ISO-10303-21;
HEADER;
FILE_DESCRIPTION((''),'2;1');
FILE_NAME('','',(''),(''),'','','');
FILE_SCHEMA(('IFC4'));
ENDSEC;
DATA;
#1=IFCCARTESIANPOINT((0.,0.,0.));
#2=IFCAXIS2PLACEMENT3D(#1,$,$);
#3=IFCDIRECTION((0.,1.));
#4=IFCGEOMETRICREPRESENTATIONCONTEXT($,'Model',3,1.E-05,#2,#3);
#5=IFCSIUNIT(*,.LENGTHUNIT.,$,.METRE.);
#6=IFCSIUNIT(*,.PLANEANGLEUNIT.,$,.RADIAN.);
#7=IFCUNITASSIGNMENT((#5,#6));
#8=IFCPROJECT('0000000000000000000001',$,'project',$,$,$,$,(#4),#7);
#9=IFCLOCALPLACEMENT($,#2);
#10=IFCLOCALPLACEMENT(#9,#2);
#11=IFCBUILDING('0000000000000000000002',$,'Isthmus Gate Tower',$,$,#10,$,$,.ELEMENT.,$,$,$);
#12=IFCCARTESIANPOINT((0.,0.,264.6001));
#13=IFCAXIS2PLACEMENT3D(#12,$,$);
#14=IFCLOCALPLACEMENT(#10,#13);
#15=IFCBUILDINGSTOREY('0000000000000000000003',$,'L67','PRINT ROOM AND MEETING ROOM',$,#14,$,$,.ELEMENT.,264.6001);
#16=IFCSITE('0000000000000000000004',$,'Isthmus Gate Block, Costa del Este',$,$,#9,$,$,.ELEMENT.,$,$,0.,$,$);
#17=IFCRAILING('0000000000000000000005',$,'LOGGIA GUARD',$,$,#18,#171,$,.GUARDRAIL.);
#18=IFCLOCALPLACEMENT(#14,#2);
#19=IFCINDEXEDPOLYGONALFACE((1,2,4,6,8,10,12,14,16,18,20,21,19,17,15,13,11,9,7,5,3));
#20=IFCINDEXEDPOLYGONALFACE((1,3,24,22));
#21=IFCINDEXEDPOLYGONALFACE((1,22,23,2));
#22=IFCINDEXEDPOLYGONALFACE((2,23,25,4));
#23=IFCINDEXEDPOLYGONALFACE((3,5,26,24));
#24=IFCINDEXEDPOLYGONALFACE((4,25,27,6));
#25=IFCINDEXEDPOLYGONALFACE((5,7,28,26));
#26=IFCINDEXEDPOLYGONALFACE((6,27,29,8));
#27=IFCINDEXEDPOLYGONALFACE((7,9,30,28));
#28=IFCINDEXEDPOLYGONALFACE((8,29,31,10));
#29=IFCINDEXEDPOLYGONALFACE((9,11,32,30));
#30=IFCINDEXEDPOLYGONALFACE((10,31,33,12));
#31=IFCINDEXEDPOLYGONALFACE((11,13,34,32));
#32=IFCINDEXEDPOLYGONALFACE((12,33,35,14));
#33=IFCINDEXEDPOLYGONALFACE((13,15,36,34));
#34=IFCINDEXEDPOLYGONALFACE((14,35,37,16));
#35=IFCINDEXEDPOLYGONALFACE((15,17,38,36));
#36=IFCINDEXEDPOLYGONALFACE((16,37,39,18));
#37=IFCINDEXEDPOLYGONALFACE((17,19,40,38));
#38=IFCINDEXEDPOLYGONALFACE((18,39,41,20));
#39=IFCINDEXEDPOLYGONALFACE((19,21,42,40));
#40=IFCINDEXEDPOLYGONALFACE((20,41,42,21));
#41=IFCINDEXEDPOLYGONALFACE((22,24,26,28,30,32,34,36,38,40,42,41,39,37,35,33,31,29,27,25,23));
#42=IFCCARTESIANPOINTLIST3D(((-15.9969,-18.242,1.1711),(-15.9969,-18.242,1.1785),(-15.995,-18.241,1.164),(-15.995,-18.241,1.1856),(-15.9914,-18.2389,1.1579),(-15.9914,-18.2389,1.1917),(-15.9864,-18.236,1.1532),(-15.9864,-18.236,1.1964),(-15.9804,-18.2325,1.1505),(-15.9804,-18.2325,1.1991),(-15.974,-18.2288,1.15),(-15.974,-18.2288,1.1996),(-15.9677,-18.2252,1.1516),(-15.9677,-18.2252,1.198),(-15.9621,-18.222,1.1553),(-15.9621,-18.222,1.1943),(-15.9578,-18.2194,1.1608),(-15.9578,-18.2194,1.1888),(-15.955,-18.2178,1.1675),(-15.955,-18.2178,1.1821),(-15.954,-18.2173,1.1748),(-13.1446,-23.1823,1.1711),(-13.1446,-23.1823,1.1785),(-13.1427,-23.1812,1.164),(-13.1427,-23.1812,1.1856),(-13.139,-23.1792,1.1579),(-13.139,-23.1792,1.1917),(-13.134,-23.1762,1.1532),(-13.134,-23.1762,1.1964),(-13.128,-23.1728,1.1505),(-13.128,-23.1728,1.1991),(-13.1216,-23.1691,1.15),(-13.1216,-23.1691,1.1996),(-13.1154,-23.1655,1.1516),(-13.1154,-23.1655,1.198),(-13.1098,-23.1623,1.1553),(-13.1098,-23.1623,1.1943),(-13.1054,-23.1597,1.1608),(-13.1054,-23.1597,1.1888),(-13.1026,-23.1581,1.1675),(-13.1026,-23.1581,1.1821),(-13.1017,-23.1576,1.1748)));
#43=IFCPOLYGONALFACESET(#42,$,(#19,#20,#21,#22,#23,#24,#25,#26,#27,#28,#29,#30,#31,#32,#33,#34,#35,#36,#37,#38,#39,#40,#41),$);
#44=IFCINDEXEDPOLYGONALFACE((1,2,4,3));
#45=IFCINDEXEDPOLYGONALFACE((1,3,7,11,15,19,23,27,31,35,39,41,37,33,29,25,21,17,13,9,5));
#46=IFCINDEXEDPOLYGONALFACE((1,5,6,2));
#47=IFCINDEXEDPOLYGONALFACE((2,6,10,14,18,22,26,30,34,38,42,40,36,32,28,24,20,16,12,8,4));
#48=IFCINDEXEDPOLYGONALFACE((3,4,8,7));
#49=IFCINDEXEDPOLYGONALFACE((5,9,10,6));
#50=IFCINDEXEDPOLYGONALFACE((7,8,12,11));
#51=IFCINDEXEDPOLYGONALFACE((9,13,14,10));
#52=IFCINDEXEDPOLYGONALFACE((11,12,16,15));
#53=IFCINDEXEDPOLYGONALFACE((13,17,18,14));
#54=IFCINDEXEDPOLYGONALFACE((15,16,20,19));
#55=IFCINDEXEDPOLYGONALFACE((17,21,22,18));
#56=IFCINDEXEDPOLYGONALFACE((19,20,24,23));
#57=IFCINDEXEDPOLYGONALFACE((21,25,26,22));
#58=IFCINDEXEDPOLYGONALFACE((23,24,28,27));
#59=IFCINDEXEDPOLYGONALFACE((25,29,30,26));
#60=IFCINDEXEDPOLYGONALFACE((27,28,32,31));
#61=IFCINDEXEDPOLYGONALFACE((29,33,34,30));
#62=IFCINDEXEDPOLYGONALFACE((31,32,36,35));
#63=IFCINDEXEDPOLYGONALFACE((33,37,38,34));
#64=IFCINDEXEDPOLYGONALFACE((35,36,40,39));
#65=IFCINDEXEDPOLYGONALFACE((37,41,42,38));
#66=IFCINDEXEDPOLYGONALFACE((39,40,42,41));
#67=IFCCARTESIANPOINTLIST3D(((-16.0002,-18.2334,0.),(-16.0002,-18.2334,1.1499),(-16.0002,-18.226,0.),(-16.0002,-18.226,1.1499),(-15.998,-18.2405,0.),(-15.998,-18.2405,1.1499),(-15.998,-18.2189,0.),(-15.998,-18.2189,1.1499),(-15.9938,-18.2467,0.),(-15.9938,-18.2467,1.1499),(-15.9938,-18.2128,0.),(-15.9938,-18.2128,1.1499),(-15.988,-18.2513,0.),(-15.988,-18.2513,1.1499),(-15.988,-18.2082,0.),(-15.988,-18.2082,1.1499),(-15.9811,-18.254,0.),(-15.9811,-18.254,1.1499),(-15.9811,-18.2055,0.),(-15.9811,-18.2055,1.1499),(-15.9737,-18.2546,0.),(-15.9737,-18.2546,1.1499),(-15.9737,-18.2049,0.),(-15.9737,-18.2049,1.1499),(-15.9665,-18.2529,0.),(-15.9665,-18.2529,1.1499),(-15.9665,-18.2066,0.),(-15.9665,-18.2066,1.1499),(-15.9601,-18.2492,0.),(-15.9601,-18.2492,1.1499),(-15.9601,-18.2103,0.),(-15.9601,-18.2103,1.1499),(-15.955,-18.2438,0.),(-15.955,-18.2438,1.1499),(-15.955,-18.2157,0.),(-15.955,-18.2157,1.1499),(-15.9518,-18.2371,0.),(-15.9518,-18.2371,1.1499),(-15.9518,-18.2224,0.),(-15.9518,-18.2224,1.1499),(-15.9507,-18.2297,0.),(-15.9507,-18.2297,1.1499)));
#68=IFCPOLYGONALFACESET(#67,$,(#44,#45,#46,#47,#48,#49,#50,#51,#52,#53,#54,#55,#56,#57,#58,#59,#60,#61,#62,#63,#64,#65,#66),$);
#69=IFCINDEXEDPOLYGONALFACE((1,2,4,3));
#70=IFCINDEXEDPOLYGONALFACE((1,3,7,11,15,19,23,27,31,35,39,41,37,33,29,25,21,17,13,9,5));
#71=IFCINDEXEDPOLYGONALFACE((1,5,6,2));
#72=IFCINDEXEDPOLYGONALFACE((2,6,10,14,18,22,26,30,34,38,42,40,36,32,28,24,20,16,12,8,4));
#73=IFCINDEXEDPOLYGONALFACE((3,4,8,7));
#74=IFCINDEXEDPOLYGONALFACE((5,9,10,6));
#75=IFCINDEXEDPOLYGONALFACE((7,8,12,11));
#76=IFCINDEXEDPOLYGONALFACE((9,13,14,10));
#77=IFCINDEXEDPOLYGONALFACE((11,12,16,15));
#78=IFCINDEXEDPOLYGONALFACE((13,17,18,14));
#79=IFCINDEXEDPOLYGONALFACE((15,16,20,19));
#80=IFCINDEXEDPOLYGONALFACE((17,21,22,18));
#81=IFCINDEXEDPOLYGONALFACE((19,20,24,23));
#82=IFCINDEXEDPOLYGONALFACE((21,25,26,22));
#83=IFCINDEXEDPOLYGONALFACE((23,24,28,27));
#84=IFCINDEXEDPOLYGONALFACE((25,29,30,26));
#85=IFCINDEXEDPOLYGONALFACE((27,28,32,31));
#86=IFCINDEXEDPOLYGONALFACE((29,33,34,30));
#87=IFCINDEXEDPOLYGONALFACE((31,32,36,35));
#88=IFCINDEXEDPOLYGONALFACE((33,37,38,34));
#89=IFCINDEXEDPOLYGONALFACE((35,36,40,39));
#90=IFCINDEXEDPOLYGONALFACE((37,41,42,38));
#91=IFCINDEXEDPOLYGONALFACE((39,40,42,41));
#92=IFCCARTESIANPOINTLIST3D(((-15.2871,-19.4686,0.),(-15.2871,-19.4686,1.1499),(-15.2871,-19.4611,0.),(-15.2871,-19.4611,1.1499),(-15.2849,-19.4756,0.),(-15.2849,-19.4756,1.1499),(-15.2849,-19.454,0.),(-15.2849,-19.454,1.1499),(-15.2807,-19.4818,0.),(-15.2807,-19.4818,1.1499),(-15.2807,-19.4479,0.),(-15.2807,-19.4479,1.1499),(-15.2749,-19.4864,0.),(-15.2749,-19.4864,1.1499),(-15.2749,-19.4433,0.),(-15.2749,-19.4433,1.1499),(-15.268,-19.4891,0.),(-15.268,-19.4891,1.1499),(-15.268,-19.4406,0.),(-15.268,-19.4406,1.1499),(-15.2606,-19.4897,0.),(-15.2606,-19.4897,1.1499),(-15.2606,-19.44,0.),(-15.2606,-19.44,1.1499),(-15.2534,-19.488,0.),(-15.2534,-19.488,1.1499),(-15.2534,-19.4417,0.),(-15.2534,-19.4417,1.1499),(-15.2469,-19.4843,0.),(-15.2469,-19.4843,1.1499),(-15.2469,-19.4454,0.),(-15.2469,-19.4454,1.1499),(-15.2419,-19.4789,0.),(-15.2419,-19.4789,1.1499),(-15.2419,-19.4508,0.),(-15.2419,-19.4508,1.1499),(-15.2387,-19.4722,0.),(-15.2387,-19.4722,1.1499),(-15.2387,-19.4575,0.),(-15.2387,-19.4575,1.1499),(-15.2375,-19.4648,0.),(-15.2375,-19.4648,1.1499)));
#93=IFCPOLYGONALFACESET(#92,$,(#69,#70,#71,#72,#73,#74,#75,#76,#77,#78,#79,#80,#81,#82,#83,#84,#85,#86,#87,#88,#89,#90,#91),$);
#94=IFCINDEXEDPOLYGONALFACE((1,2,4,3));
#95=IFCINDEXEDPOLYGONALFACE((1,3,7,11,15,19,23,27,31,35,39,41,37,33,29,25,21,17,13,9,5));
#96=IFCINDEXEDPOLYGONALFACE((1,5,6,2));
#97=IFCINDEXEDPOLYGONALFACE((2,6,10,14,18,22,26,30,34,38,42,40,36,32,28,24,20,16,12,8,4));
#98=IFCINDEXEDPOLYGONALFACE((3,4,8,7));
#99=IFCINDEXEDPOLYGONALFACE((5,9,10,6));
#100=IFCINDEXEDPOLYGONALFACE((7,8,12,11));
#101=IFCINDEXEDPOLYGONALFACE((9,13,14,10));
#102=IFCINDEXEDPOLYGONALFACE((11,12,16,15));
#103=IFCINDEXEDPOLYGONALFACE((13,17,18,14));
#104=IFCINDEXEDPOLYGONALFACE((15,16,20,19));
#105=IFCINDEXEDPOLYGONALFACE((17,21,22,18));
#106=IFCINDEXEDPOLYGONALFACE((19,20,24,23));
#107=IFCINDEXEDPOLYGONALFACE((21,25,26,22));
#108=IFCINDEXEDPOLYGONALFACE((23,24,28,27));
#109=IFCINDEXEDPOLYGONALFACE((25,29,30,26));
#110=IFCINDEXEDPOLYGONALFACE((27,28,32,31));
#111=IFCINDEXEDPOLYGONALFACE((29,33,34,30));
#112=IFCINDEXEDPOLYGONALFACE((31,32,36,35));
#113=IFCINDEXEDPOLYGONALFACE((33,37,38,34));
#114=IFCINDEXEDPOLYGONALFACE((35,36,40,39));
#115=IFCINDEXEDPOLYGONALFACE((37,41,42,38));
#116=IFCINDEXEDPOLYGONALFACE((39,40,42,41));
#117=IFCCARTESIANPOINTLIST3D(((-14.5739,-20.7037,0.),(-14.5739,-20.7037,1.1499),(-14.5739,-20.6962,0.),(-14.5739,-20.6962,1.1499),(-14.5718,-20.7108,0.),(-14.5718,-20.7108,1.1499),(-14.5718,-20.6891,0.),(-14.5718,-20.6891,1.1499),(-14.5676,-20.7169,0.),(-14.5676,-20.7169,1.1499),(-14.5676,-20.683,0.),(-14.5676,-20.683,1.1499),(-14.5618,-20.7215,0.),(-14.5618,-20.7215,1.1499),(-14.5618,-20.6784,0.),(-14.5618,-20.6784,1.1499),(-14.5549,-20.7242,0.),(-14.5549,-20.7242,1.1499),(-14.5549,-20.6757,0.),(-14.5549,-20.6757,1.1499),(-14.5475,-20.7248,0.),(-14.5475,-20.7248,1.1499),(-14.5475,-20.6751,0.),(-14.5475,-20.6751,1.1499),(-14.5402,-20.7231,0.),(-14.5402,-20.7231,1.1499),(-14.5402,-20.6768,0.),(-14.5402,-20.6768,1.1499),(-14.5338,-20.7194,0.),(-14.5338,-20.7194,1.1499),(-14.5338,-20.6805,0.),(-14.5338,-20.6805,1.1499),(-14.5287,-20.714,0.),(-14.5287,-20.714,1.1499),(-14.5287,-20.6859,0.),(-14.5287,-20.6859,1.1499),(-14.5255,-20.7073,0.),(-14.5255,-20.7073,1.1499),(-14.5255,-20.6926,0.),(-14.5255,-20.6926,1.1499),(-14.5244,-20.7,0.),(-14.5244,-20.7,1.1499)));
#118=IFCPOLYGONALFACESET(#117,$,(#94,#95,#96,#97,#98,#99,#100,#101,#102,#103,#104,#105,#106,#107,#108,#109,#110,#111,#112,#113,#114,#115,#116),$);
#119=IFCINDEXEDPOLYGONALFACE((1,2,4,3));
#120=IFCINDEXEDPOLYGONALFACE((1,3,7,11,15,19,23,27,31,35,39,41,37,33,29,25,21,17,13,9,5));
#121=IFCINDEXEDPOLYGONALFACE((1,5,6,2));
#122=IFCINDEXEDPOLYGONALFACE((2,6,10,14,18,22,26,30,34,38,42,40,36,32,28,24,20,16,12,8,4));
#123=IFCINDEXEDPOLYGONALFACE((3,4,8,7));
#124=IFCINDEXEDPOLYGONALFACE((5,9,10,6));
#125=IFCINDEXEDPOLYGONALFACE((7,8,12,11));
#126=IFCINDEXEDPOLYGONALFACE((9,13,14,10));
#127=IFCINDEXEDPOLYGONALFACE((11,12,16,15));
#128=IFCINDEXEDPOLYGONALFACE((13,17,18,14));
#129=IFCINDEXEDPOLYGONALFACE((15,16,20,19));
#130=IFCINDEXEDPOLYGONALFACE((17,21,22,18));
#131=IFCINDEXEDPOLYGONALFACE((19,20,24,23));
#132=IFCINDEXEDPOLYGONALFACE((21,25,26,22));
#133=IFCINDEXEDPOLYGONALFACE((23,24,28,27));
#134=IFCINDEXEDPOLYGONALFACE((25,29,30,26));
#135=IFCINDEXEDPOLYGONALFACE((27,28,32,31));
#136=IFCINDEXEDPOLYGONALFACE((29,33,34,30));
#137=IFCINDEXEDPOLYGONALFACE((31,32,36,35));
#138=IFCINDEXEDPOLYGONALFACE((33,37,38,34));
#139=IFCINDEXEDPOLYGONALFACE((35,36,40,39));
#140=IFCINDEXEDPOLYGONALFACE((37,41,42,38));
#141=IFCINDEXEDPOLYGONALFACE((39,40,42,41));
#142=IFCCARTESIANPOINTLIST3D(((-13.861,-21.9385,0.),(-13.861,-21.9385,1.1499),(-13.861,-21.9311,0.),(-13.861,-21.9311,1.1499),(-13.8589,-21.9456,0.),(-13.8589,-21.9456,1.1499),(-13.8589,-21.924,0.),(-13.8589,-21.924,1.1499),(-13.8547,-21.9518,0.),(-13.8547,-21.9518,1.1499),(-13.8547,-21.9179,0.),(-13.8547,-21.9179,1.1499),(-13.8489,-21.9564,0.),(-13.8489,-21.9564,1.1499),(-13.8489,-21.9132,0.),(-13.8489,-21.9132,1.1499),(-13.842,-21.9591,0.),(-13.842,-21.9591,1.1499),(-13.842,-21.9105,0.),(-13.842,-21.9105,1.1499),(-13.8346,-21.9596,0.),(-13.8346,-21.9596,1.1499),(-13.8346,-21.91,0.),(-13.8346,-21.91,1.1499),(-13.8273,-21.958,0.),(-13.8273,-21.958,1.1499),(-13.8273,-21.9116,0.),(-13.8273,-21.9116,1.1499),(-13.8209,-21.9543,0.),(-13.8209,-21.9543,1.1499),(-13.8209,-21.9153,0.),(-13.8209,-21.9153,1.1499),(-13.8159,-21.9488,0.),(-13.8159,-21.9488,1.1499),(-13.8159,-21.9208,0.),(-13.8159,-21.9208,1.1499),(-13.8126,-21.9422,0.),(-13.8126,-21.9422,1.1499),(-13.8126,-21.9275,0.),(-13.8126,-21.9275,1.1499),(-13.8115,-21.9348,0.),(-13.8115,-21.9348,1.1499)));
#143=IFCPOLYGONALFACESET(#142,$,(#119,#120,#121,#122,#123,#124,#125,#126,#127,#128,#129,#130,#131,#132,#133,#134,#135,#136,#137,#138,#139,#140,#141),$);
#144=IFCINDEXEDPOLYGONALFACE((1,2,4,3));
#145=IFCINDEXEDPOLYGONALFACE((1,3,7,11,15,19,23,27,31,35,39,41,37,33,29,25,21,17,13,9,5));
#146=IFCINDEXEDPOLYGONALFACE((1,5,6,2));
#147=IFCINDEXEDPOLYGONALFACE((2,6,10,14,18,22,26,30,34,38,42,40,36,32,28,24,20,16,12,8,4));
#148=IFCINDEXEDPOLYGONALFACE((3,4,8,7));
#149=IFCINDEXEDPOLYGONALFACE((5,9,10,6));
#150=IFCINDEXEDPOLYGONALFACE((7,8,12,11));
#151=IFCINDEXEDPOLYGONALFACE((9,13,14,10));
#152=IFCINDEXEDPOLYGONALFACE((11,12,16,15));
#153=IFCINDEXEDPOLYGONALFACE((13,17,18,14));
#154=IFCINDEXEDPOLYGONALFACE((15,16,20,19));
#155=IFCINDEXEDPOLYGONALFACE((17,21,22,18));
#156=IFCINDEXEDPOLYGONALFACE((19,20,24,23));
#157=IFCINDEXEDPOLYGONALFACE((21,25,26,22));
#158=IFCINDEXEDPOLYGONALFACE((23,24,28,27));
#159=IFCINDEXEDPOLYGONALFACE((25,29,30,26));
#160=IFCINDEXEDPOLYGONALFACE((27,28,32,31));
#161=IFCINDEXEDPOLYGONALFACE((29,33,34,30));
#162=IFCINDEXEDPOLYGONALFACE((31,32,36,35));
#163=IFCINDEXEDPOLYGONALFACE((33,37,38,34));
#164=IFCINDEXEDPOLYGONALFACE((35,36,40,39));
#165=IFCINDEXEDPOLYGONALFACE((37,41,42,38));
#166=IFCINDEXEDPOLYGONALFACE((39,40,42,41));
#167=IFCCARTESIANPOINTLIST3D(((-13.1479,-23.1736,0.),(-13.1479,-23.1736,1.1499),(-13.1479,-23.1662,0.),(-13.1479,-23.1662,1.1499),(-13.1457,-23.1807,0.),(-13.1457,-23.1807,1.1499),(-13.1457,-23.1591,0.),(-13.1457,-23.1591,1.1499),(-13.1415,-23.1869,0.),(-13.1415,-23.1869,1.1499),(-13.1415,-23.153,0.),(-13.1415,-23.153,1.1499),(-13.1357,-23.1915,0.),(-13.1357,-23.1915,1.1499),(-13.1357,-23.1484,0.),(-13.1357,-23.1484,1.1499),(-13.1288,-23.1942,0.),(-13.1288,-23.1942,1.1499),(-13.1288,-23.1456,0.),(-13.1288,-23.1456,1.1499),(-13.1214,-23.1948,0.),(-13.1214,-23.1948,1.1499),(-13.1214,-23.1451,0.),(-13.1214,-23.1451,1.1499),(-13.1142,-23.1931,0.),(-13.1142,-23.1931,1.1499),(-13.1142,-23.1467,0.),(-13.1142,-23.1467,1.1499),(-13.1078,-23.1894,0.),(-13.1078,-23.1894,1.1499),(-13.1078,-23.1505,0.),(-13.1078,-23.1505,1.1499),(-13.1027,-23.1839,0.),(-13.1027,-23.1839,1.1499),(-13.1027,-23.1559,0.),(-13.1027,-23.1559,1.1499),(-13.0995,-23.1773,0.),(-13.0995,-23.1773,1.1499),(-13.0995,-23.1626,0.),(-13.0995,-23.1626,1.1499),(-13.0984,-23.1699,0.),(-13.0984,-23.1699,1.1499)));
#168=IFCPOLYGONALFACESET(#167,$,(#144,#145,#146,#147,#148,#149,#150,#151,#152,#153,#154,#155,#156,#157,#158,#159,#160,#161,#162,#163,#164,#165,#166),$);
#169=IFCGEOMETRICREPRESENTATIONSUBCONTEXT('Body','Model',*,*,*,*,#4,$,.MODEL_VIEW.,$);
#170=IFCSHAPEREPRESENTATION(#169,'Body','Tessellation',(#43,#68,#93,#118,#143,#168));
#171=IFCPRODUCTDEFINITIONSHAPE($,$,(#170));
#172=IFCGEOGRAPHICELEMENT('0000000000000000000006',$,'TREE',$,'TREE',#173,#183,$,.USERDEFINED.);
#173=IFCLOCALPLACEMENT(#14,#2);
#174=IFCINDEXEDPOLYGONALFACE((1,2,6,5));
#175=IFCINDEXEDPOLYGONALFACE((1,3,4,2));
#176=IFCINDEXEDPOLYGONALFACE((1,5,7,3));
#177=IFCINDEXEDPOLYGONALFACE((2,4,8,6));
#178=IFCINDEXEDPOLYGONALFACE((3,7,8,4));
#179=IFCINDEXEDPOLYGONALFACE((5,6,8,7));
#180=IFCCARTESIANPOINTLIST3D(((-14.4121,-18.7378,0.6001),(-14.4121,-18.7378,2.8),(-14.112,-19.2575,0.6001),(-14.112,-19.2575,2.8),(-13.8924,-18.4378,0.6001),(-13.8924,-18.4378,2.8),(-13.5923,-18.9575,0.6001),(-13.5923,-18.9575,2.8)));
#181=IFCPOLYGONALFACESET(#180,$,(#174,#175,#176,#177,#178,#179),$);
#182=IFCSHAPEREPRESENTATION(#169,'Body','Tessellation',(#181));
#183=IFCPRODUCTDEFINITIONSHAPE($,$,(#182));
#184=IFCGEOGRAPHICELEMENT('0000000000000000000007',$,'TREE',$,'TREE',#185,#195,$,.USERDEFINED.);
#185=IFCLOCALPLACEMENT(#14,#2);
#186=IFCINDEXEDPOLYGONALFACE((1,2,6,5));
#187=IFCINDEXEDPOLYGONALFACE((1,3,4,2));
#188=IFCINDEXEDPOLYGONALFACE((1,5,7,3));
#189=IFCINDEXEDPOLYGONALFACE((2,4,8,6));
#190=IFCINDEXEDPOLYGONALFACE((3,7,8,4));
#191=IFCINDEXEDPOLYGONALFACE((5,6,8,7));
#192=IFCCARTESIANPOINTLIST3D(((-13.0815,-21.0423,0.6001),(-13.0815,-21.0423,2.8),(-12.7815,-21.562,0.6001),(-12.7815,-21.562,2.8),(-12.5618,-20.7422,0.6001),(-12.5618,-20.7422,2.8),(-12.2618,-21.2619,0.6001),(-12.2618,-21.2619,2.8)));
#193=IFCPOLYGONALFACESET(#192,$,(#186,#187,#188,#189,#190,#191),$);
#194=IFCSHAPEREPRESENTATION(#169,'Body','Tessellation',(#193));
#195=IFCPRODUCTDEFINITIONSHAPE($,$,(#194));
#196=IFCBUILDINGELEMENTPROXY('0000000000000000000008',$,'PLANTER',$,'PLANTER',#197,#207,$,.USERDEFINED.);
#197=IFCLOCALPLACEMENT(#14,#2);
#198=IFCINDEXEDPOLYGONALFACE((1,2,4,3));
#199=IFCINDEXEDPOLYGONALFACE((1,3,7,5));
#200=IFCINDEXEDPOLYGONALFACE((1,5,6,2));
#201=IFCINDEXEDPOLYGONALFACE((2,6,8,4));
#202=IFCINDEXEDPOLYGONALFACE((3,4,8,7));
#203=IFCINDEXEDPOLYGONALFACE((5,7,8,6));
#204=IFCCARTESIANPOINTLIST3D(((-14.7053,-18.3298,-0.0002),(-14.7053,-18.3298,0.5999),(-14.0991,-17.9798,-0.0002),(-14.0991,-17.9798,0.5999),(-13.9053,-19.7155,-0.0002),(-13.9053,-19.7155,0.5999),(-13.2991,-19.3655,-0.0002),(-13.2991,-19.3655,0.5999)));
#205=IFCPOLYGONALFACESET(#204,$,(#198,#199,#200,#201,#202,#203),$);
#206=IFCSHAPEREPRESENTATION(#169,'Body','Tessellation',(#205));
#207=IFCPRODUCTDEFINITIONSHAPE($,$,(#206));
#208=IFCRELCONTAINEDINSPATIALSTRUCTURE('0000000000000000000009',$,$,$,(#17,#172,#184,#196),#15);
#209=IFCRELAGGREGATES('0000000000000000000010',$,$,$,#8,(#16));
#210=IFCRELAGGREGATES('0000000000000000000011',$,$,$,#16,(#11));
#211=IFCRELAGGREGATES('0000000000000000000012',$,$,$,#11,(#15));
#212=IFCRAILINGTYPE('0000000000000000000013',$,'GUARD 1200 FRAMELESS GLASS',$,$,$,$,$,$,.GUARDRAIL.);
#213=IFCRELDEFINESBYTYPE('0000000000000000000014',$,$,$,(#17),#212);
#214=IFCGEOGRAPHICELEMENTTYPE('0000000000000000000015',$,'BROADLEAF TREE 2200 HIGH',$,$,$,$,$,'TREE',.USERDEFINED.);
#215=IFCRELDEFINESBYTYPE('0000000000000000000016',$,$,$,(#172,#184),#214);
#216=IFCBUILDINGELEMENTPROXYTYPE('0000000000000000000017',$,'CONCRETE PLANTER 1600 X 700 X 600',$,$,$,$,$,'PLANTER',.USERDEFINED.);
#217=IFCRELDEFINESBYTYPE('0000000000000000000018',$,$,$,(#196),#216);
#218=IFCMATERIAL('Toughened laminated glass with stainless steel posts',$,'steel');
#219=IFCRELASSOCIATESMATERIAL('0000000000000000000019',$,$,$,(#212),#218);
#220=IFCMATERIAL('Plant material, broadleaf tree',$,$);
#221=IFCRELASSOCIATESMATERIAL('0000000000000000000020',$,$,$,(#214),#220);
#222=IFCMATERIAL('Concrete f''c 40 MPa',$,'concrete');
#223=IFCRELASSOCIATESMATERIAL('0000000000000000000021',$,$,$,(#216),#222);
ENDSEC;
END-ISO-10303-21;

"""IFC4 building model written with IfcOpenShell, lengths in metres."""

from ifc_helpers import new_model, si_unit, direction, frame, origin, origin_2d, place, context, subcontext, project, spatial, rectangle, circle, extrude, material, type_object, element, save


model = new_model("IFC4")

# Units and contexts
model_context = context("Model", 3, precision=1e-05, world=origin(), true_north=direction((0.0, 1.0)))
body_context = subcontext(model_context, "Body", "Model", "MODEL_VIEW")
ifc_project = project(units=[si_unit("LENGTHUNIT", "METRE"), si_unit("PLANEANGLEUNIT", "RADIAN")], contexts=[model_context])

# Site, building, storey
site_placement = place(None, origin())
site = spatial("IfcSite", under=ifc_project, at=site_placement, Name="Isthmus Gate Block, Costa del Este", CompositionType="ELEMENT", RefElevation=0.0)
building_placement = place(site_placement, origin())
building = spatial("IfcBuilding", under=site, at=building_placement, Name="Isthmus Gate Tower", CompositionType="ELEMENT")
storey_placement = place(building_placement, frame((0.0, 0.0, 264.6001)))
storey = spatial("IfcBuildingStorey", under=building, at=storey_placement, Name="L67", Description="PRINT ROOM AND MEETING ROOM", CompositionType="ELEMENT", Elevation=264.6001)

# Railing
ifc_material_1 = material(Name="Toughened laminated glass with stainless steel posts", Category="steel")
railing_type = type_object("IfcRailingType", Name="GUARD 1200 FRAMELESS GLASS", PredefinedType="GUARDRAIL", material=ifc_material_1)
railing_placement = place(storey_placement, frame((-15.9756, -18.2297, 0.0)))
element("IfcRailing", 1, at=railing_placement, inside=storey, type_object=railing_type, Name="LOGGIA GUARD", PredefinedType="GUARDRAIL", context=body_context, shape_type="SweptSolid", body=[
    extrude(circle(Radius=0.0249, at=origin_2d()), frame((0.0, 0.0, 1.1748), z_axis=(0.50001, -0.86602, 0.0), x_axis=(0.86602, 0.50001, 0.0)), (0.0, 0.0, 1.0), 5.7046),
    extrude(circle(Radius=0.0249, at=origin_2d()), origin(), (0.0, 0.0, 1.0), 1.1499),
    extrude(circle(Radius=0.0249, at=origin_2d()), frame((0.7131, -1.2351, 0.0)), (0.0, 0.0, 1.0), 1.1499),
    extrude(circle(Radius=0.0249, at=origin_2d()), frame((1.4263, -2.4702, 0.0)), (0.0, 0.0, 1.0), 1.1499),
    extrude(circle(Radius=0.0249, at=origin_2d()), frame((2.1392, -3.7051, 0.0)), (0.0, 0.0, 1.0), 1.1499),
    extrude(circle(Radius=0.0249, at=origin_2d()), frame((2.8523, -4.9402, 0.0)), (0.0, 0.0, 1.0), 1.1499),
])

# Geographic elements
ifc_material_2 = material(Name="Plant material, broadleaf tree")
geographic_element_type = type_object("IfcGeographicElementType", Name="BROADLEAF TREE 2200 HIGH", ElementType="TREE", PredefinedType="USERDEFINED", material=ifc_material_2)
for number, where, z_axis, x_axis, name in (
    (2, (-14.0022, -18.8477, 0.6001), (0.0, 0.0, 1.0), (0.5, -0.866025, 0.0), "TREE"),
    (3, (-12.6716, -21.1521, 0.6001), (0.0, 0.0, 1.0), (0.5, -0.866025, 0.0), "TREE"),
):
    element("IfcGeographicElement", number, at=place(storey_placement, frame(where, z_axis=z_axis, x_axis=x_axis)), inside=storey, type_object=geographic_element_type, Name=name, ObjectType="TREE", PredefinedType="USERDEFINED", context=body_context, shape_type="SweptSolid", body=[
        extrude(rectangle(XDim=0.6001, YDim=0.6001, at=origin_2d()), origin(), (0.0, 0.0, 1.0), 2.2),
    ])

# Building element proxy
ifc_material_3 = material(Name="Concrete f'c 40 MPa", Category="concrete")
building_element_proxy_type = type_object("IfcBuildingElementProxyType", Name="CONCRETE PLANTER 1600 X 700 X 600", ElementType="PLANTER", PredefinedType="USERDEFINED", material=ifc_material_3)
for number, where, z_axis, x_axis, name in (
    (4, (-14.0022, -18.8477, -0.0002), (0.0, 0.0, 1.0), (0.5, -0.866025, 0.0), "PLANTER"),
):
    element("IfcBuildingElementProxy", number, at=place(storey_placement, frame(where, z_axis=z_axis, x_axis=x_axis)), inside=storey, type_object=building_element_proxy_type, Name=name, ObjectType="PLANTER", PredefinedType="USERDEFINED", context=body_context, shape_type="SweptSolid", body=[
        extrude(rectangle(XDim=1.6001, YDim=0.7, at=origin_2d()), origin(), (0.0, 0.0, 1.0), 0.6001),
    ])

save(model, "model.ifc")
